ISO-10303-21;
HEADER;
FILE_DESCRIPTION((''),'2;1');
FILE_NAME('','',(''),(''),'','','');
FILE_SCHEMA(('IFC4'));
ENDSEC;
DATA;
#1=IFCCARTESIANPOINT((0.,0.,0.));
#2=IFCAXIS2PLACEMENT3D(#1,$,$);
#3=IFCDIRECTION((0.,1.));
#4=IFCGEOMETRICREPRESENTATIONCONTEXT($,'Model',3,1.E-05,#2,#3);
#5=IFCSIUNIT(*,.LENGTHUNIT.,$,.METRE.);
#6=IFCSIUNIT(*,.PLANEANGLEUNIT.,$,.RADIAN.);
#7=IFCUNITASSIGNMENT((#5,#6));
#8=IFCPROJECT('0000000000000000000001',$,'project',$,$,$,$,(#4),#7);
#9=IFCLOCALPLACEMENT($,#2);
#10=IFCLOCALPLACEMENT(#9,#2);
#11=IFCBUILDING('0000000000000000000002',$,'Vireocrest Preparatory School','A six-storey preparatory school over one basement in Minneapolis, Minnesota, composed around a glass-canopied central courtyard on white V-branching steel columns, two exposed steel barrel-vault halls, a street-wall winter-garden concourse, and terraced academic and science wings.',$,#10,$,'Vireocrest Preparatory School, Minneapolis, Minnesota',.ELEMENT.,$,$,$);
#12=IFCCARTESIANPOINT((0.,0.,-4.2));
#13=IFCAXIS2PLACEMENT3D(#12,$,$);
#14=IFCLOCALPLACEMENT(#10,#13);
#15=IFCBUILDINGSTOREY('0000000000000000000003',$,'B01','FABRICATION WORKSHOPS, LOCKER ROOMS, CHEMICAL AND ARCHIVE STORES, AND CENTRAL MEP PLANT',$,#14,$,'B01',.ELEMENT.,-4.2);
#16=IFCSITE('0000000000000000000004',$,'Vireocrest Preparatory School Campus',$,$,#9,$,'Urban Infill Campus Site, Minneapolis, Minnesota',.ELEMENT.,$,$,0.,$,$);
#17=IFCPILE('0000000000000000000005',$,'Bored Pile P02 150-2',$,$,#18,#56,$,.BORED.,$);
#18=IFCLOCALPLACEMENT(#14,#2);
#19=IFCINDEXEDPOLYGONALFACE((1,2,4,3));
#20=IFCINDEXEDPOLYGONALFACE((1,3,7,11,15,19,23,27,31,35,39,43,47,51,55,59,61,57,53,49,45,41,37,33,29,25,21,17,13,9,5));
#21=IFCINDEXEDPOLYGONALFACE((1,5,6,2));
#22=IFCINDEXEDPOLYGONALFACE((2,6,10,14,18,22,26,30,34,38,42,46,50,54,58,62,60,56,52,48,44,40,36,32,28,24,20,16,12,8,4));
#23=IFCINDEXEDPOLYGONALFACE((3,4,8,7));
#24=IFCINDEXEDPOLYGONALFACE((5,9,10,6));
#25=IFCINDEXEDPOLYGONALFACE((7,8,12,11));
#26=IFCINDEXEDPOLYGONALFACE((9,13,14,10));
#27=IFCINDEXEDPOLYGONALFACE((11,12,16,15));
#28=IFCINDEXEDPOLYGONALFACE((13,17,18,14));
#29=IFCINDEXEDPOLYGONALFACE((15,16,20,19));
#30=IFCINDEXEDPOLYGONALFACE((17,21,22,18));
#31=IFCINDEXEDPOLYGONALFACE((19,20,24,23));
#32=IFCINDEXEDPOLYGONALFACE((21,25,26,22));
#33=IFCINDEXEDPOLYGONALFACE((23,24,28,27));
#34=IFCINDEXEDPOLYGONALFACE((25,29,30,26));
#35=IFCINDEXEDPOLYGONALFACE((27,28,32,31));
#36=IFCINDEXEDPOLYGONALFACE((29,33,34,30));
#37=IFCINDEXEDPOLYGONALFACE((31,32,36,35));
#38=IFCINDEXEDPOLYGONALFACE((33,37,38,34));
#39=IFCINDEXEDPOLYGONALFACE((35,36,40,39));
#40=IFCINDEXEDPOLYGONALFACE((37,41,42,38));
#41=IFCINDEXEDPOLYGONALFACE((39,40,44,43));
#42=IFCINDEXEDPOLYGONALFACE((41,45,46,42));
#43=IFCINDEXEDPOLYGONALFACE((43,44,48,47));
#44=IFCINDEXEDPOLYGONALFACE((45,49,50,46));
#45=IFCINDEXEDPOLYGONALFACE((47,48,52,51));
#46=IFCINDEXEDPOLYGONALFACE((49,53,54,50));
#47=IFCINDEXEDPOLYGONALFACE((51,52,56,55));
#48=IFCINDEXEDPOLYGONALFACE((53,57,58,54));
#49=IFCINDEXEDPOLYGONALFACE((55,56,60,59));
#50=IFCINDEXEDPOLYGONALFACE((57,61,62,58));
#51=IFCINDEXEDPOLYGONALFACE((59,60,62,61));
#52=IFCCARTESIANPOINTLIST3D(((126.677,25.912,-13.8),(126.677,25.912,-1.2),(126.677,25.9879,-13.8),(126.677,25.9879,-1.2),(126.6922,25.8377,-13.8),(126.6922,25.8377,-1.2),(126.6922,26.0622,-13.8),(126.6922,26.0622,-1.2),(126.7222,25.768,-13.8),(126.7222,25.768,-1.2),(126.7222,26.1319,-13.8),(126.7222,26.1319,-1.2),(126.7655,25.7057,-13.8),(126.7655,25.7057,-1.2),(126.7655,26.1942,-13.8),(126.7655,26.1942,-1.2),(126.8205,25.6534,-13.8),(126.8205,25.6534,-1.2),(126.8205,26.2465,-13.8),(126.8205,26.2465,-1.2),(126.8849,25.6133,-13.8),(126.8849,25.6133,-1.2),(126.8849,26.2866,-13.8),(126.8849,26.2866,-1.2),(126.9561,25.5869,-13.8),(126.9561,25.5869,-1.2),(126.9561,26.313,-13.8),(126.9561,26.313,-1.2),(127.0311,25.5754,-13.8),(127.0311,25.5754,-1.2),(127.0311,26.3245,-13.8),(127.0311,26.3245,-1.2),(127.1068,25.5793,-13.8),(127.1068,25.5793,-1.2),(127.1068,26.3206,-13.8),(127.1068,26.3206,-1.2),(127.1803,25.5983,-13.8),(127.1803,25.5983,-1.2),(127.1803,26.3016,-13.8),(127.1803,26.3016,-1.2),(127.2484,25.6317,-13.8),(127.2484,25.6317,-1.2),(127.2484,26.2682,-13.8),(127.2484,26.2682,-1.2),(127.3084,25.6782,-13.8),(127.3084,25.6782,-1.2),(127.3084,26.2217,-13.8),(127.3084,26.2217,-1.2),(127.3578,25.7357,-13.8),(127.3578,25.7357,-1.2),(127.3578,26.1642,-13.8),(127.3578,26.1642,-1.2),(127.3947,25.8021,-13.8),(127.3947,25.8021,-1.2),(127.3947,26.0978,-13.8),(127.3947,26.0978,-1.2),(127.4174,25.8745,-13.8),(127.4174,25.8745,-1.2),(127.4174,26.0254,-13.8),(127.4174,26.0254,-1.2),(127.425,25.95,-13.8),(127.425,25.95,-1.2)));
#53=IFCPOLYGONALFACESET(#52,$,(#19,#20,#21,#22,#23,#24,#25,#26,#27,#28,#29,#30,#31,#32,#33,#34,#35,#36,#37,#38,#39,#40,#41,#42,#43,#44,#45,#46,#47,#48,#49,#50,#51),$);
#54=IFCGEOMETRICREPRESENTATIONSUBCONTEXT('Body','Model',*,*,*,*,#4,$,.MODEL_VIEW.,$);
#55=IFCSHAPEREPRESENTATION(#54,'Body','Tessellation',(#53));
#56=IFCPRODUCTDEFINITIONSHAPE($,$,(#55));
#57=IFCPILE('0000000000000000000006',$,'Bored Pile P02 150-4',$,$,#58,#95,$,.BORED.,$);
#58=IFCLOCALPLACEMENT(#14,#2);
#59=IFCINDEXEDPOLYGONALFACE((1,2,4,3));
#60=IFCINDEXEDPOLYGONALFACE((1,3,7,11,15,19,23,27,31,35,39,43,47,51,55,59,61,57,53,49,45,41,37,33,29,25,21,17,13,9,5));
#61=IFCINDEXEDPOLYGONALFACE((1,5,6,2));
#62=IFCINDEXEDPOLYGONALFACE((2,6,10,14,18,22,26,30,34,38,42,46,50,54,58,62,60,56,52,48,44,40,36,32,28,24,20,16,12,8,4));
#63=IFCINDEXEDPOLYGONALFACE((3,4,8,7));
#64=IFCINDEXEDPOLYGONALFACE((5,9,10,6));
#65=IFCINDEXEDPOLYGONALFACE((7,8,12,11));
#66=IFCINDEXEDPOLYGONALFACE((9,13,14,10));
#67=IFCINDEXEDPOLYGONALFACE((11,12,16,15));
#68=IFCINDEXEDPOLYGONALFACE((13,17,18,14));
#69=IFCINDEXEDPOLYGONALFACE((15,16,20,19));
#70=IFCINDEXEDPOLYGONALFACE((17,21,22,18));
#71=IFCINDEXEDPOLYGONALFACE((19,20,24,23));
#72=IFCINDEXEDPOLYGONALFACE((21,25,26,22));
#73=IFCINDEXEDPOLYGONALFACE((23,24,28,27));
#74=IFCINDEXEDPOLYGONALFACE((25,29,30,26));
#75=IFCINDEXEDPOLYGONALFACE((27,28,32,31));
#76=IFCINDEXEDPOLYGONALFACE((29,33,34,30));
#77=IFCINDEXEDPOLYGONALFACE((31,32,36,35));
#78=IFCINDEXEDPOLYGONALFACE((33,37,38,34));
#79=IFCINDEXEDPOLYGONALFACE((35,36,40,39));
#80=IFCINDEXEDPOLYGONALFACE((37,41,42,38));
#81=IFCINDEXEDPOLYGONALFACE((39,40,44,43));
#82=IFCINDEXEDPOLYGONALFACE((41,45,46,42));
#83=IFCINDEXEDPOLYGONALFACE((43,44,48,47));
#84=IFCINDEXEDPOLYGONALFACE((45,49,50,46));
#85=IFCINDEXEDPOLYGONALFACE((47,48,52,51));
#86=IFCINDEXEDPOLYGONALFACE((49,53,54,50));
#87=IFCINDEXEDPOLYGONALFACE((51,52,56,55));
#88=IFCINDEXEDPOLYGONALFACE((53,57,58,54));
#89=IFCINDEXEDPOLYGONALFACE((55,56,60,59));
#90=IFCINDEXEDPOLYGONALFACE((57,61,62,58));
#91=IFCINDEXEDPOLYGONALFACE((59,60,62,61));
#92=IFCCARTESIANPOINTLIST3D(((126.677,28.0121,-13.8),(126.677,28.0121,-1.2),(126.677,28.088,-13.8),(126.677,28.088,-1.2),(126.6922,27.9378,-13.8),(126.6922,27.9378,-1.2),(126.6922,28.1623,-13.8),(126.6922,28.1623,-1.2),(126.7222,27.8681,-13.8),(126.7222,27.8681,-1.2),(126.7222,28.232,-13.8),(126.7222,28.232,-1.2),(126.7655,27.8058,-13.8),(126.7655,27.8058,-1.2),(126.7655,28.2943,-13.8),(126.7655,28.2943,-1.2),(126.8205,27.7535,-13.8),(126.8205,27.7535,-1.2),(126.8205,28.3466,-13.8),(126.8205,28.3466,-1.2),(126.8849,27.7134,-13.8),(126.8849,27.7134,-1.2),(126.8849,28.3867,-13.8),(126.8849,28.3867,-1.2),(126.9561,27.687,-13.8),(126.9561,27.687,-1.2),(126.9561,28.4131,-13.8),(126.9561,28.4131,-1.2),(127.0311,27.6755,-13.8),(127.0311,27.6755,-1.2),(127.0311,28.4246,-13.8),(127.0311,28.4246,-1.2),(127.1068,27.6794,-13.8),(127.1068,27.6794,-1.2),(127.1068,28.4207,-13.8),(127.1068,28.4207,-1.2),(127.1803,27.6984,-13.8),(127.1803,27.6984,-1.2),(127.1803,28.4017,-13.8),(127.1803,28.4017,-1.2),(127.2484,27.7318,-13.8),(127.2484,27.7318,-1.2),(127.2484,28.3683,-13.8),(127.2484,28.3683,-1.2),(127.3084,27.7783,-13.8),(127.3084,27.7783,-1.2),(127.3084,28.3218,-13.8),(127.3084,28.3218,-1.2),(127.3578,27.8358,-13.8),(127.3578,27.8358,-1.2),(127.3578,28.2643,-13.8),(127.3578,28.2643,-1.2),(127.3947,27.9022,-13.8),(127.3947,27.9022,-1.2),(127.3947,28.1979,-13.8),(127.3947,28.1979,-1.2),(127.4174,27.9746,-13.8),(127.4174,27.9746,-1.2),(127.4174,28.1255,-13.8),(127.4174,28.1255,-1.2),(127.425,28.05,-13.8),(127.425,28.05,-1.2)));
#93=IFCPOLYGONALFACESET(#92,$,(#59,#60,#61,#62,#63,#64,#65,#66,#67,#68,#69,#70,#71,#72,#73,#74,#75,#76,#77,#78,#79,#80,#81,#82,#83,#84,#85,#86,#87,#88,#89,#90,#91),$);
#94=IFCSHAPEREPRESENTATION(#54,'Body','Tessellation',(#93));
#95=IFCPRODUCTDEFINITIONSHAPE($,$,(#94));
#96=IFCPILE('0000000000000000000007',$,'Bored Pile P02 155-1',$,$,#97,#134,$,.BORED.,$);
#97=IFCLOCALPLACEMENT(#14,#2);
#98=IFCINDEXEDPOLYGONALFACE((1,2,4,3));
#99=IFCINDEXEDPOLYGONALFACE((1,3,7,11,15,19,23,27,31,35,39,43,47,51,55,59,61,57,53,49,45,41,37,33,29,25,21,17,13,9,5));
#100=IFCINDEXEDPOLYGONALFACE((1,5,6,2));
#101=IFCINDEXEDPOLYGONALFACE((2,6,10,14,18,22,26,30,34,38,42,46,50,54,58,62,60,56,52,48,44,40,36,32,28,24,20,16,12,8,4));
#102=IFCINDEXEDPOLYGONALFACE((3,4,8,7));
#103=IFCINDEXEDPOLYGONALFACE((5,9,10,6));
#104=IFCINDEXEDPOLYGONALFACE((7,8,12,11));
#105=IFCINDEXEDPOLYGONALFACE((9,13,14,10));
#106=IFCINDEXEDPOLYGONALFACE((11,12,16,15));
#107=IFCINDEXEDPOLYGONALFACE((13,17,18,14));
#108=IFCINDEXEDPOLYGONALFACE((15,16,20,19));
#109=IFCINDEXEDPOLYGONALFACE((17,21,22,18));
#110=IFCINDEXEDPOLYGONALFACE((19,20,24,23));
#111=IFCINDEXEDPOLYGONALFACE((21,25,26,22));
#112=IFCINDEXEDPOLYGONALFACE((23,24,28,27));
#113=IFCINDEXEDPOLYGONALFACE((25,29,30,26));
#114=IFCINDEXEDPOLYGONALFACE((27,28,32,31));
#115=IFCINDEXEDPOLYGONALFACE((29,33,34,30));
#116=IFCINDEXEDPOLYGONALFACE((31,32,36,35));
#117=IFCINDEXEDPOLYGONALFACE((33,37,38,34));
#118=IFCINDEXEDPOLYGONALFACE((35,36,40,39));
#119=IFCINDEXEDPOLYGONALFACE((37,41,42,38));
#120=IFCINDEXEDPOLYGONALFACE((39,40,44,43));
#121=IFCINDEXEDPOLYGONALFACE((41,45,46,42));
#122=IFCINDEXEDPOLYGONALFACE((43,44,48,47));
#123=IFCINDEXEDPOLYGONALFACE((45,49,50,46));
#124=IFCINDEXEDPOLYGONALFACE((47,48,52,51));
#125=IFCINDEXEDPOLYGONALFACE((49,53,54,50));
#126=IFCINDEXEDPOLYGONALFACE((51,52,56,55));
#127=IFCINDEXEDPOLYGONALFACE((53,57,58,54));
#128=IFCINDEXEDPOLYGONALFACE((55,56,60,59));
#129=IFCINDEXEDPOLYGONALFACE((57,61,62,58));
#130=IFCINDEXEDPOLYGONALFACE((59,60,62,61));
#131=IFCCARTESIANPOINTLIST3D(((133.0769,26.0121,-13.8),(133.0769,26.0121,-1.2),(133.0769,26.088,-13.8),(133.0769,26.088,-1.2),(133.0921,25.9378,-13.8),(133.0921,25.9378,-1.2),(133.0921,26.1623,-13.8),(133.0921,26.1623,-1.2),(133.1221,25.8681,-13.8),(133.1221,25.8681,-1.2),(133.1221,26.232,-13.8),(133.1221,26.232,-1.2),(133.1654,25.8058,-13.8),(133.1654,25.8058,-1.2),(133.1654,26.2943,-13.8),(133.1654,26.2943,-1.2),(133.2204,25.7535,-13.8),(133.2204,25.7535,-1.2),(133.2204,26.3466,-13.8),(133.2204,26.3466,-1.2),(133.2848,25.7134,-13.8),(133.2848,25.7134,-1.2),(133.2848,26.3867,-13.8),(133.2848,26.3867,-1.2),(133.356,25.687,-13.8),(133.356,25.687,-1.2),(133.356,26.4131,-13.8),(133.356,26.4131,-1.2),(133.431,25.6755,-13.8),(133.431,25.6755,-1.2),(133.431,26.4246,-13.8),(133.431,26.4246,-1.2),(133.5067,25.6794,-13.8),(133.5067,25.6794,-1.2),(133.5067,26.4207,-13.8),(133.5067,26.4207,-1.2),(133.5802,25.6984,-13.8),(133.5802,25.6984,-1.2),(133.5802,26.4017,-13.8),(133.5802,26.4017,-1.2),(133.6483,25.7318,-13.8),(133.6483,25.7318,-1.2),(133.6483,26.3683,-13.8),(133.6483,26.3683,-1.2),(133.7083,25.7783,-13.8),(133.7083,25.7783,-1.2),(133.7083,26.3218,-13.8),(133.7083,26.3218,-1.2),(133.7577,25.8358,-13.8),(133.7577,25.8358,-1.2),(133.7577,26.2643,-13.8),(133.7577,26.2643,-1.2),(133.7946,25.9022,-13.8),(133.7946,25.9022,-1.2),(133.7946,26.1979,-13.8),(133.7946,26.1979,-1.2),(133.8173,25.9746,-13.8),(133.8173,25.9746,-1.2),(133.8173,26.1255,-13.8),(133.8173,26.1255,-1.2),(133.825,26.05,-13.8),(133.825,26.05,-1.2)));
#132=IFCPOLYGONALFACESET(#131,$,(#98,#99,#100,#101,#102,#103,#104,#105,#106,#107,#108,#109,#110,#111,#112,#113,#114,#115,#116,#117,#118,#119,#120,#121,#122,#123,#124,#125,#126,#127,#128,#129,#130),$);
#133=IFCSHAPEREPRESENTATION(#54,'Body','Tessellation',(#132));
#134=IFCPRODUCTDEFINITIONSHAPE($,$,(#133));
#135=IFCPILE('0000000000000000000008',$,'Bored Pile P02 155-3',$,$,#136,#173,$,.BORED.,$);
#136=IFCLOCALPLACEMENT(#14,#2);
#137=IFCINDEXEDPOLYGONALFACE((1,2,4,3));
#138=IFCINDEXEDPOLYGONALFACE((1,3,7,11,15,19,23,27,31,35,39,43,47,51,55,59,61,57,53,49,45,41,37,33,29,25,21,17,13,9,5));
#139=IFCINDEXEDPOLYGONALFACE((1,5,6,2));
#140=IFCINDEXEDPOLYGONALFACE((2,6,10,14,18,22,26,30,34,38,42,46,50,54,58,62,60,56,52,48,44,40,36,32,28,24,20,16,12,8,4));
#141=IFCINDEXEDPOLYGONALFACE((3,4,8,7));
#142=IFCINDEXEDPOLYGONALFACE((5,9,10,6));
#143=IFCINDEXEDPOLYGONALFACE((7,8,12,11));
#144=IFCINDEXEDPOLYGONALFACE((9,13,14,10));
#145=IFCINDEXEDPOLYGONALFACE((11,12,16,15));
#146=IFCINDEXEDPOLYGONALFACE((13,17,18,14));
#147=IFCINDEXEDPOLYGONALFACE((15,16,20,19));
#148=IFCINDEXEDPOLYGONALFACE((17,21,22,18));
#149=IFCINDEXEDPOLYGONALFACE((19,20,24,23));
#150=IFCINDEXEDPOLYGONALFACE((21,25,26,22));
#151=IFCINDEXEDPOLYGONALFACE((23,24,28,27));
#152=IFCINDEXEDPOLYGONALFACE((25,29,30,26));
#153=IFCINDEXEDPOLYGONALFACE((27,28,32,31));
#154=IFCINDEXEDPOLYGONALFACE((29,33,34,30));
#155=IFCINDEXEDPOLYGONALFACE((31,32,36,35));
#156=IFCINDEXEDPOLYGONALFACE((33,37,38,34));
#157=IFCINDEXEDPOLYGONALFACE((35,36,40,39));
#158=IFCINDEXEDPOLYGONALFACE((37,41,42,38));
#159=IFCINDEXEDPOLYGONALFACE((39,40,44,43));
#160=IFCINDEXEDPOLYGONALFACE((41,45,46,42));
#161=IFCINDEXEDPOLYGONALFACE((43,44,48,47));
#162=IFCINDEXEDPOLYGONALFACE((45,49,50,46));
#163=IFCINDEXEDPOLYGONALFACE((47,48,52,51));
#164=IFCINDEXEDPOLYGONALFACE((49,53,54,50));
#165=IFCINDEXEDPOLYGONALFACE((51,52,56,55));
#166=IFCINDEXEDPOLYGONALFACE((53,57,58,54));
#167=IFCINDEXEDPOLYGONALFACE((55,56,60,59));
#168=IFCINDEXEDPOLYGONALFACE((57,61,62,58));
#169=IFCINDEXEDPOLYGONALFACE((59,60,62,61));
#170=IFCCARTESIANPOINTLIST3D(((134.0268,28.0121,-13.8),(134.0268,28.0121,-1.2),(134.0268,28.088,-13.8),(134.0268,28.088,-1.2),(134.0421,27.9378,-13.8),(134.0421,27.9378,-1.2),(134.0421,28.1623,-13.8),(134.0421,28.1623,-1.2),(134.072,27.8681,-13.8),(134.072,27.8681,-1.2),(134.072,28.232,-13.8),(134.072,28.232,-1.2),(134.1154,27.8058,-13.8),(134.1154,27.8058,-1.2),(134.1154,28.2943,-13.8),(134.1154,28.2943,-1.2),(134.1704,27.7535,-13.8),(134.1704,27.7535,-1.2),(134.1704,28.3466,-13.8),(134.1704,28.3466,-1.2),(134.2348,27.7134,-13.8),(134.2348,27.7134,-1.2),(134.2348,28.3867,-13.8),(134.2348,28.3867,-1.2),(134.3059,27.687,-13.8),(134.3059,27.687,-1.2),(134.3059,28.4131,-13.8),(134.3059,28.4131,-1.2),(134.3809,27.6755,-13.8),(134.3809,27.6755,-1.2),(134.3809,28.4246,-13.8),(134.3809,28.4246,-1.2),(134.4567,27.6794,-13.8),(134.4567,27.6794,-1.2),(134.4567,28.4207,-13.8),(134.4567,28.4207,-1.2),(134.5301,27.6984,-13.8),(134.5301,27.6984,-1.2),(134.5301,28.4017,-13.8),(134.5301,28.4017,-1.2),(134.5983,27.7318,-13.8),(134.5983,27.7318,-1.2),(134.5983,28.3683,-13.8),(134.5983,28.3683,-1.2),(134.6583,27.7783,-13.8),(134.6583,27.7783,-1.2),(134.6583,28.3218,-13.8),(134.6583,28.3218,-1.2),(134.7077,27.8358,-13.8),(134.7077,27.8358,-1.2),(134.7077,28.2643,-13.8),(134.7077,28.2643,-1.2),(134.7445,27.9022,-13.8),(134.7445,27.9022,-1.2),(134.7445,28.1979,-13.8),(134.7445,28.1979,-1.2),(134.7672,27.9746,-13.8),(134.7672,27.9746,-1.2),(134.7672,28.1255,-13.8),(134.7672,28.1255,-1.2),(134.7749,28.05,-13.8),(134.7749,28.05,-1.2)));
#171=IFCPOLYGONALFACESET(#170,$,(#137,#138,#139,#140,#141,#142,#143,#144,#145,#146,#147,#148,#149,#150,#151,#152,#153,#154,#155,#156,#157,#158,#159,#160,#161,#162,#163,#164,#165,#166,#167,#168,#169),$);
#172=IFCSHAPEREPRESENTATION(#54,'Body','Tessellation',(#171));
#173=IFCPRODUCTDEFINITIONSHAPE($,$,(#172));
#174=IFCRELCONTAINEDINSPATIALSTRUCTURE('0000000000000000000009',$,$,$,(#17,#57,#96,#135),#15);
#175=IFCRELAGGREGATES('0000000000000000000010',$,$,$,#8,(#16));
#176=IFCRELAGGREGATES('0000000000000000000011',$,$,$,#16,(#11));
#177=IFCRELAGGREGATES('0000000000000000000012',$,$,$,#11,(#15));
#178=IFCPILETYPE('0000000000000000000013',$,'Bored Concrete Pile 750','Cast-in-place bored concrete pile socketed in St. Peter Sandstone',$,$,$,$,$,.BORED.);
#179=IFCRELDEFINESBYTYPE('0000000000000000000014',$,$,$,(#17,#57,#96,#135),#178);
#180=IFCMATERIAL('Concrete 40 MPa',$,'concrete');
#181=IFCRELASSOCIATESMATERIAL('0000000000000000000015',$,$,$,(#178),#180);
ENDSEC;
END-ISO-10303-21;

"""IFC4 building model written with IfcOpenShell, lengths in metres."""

from ifc_helpers import new_model, si_unit, direction, frame, origin, origin_2d, place, context, subcontext, project, spatial, circle, extrude, material, material_profile, profile_set, type_object, element, save


model = new_model("IFC4")

# Units and contexts
model_context = context("Model", 3, precision=1e-05, world=origin(), true_north=direction((0.0, 1.0)))
body_context = subcontext(model_context, "Body", "Model", "MODEL_VIEW")
ifc_project = project(units=[si_unit("LENGTHUNIT", "METRE"), si_unit("PLANEANGLEUNIT", "RADIAN")], contexts=[model_context])

# Site, building, storey
site_placement = place(None, origin())
site = spatial("IfcSite", under=ifc_project, at=site_placement, Name="Vireocrest Preparatory School Campus", LongName="Urban Infill Campus Site, Minneapolis, Minnesota", CompositionType="ELEMENT", RefElevation=0.0)
building_placement = place(site_placement, origin())
building = spatial("IfcBuilding", under=site, at=building_placement, Name="Vireocrest Preparatory School", Description="A six-storey preparatory school over one basement in Minneapolis, Minnesota, composed around a glass-canopied central courtyard on white V-branching steel columns, two exposed steel barrel-vault halls, a street-wall winter-garden concourse, and terraced academic and science wings.", LongName="Vireocrest Preparatory School, Minneapolis, Minnesota", CompositionType="ELEMENT")
storey_placement = place(building_placement, frame((0.0, 0.0, -4.2)))
storey = spatial("IfcBuildingStorey", under=building, at=storey_placement, Name="B01", Description="FABRICATION WORKSHOPS, LOCKER ROOMS, CHEMICAL AND ARCHIVE STORES, AND CENTRAL MEP PLANT", LongName="B01", CompositionType="ELEMENT", Elevation=-4.2)

# Piles
ifc_material_1 = material(Name="Concrete 40 MPa", Category="concrete")
ifc_material_profile_1 = material_profile(ifc_material_1, circle(Radius=0.375, at=origin_2d()), Name="BORED PILE 750")
ifc_profile_set_1 = profile_set([ifc_material_profile_1], Name="Concrete 40 MPa")
pile_type_1 = type_object("IfcPileType", Name="Bored Concrete Pile 750", Description="Cast-in-place bored concrete pile socketed in St. Peter Sandstone", PredefinedType="BORED", material=ifc_profile_set_1)
for number, where, z_axis, x_axis, name in (
    (1, (127.05, 25.95, -1.2), (0.0, 0.0, -1.0), (1.0, 0.0, 0.0), "Bored Pile P02 150-2"),
    (2, (127.05, 28.05, -1.2), (0.0, 0.0, -1.0), (1.0, 0.0, 0.0), "Bored Pile P02 150-4"),
    (3, (133.45, 26.05, -1.2), (0.0, 0.0, -1.0), (1.0, 0.0, 0.0), "Bored Pile P02 155-1"),
    (4, (134.3999, 28.05, -1.2), (0.0, 0.0, -1.0), (1.0, 0.0, 0.0), "Bored Pile P02 155-3"),
):
    element("IfcPile", number, at=place(storey_placement, frame(where, z_axis=z_axis, x_axis=x_axis)), inside=storey, type_object=pile_type_1, Name=name, PredefinedType="BORED", context=body_context, shape_type="SweptSolid", body=[
        extrude(circle(Radius=0.375, at=origin_2d()), origin(), (0.0, 0.0, 1.0), 12.6001),
    ])

save(model, "model.ifc")
